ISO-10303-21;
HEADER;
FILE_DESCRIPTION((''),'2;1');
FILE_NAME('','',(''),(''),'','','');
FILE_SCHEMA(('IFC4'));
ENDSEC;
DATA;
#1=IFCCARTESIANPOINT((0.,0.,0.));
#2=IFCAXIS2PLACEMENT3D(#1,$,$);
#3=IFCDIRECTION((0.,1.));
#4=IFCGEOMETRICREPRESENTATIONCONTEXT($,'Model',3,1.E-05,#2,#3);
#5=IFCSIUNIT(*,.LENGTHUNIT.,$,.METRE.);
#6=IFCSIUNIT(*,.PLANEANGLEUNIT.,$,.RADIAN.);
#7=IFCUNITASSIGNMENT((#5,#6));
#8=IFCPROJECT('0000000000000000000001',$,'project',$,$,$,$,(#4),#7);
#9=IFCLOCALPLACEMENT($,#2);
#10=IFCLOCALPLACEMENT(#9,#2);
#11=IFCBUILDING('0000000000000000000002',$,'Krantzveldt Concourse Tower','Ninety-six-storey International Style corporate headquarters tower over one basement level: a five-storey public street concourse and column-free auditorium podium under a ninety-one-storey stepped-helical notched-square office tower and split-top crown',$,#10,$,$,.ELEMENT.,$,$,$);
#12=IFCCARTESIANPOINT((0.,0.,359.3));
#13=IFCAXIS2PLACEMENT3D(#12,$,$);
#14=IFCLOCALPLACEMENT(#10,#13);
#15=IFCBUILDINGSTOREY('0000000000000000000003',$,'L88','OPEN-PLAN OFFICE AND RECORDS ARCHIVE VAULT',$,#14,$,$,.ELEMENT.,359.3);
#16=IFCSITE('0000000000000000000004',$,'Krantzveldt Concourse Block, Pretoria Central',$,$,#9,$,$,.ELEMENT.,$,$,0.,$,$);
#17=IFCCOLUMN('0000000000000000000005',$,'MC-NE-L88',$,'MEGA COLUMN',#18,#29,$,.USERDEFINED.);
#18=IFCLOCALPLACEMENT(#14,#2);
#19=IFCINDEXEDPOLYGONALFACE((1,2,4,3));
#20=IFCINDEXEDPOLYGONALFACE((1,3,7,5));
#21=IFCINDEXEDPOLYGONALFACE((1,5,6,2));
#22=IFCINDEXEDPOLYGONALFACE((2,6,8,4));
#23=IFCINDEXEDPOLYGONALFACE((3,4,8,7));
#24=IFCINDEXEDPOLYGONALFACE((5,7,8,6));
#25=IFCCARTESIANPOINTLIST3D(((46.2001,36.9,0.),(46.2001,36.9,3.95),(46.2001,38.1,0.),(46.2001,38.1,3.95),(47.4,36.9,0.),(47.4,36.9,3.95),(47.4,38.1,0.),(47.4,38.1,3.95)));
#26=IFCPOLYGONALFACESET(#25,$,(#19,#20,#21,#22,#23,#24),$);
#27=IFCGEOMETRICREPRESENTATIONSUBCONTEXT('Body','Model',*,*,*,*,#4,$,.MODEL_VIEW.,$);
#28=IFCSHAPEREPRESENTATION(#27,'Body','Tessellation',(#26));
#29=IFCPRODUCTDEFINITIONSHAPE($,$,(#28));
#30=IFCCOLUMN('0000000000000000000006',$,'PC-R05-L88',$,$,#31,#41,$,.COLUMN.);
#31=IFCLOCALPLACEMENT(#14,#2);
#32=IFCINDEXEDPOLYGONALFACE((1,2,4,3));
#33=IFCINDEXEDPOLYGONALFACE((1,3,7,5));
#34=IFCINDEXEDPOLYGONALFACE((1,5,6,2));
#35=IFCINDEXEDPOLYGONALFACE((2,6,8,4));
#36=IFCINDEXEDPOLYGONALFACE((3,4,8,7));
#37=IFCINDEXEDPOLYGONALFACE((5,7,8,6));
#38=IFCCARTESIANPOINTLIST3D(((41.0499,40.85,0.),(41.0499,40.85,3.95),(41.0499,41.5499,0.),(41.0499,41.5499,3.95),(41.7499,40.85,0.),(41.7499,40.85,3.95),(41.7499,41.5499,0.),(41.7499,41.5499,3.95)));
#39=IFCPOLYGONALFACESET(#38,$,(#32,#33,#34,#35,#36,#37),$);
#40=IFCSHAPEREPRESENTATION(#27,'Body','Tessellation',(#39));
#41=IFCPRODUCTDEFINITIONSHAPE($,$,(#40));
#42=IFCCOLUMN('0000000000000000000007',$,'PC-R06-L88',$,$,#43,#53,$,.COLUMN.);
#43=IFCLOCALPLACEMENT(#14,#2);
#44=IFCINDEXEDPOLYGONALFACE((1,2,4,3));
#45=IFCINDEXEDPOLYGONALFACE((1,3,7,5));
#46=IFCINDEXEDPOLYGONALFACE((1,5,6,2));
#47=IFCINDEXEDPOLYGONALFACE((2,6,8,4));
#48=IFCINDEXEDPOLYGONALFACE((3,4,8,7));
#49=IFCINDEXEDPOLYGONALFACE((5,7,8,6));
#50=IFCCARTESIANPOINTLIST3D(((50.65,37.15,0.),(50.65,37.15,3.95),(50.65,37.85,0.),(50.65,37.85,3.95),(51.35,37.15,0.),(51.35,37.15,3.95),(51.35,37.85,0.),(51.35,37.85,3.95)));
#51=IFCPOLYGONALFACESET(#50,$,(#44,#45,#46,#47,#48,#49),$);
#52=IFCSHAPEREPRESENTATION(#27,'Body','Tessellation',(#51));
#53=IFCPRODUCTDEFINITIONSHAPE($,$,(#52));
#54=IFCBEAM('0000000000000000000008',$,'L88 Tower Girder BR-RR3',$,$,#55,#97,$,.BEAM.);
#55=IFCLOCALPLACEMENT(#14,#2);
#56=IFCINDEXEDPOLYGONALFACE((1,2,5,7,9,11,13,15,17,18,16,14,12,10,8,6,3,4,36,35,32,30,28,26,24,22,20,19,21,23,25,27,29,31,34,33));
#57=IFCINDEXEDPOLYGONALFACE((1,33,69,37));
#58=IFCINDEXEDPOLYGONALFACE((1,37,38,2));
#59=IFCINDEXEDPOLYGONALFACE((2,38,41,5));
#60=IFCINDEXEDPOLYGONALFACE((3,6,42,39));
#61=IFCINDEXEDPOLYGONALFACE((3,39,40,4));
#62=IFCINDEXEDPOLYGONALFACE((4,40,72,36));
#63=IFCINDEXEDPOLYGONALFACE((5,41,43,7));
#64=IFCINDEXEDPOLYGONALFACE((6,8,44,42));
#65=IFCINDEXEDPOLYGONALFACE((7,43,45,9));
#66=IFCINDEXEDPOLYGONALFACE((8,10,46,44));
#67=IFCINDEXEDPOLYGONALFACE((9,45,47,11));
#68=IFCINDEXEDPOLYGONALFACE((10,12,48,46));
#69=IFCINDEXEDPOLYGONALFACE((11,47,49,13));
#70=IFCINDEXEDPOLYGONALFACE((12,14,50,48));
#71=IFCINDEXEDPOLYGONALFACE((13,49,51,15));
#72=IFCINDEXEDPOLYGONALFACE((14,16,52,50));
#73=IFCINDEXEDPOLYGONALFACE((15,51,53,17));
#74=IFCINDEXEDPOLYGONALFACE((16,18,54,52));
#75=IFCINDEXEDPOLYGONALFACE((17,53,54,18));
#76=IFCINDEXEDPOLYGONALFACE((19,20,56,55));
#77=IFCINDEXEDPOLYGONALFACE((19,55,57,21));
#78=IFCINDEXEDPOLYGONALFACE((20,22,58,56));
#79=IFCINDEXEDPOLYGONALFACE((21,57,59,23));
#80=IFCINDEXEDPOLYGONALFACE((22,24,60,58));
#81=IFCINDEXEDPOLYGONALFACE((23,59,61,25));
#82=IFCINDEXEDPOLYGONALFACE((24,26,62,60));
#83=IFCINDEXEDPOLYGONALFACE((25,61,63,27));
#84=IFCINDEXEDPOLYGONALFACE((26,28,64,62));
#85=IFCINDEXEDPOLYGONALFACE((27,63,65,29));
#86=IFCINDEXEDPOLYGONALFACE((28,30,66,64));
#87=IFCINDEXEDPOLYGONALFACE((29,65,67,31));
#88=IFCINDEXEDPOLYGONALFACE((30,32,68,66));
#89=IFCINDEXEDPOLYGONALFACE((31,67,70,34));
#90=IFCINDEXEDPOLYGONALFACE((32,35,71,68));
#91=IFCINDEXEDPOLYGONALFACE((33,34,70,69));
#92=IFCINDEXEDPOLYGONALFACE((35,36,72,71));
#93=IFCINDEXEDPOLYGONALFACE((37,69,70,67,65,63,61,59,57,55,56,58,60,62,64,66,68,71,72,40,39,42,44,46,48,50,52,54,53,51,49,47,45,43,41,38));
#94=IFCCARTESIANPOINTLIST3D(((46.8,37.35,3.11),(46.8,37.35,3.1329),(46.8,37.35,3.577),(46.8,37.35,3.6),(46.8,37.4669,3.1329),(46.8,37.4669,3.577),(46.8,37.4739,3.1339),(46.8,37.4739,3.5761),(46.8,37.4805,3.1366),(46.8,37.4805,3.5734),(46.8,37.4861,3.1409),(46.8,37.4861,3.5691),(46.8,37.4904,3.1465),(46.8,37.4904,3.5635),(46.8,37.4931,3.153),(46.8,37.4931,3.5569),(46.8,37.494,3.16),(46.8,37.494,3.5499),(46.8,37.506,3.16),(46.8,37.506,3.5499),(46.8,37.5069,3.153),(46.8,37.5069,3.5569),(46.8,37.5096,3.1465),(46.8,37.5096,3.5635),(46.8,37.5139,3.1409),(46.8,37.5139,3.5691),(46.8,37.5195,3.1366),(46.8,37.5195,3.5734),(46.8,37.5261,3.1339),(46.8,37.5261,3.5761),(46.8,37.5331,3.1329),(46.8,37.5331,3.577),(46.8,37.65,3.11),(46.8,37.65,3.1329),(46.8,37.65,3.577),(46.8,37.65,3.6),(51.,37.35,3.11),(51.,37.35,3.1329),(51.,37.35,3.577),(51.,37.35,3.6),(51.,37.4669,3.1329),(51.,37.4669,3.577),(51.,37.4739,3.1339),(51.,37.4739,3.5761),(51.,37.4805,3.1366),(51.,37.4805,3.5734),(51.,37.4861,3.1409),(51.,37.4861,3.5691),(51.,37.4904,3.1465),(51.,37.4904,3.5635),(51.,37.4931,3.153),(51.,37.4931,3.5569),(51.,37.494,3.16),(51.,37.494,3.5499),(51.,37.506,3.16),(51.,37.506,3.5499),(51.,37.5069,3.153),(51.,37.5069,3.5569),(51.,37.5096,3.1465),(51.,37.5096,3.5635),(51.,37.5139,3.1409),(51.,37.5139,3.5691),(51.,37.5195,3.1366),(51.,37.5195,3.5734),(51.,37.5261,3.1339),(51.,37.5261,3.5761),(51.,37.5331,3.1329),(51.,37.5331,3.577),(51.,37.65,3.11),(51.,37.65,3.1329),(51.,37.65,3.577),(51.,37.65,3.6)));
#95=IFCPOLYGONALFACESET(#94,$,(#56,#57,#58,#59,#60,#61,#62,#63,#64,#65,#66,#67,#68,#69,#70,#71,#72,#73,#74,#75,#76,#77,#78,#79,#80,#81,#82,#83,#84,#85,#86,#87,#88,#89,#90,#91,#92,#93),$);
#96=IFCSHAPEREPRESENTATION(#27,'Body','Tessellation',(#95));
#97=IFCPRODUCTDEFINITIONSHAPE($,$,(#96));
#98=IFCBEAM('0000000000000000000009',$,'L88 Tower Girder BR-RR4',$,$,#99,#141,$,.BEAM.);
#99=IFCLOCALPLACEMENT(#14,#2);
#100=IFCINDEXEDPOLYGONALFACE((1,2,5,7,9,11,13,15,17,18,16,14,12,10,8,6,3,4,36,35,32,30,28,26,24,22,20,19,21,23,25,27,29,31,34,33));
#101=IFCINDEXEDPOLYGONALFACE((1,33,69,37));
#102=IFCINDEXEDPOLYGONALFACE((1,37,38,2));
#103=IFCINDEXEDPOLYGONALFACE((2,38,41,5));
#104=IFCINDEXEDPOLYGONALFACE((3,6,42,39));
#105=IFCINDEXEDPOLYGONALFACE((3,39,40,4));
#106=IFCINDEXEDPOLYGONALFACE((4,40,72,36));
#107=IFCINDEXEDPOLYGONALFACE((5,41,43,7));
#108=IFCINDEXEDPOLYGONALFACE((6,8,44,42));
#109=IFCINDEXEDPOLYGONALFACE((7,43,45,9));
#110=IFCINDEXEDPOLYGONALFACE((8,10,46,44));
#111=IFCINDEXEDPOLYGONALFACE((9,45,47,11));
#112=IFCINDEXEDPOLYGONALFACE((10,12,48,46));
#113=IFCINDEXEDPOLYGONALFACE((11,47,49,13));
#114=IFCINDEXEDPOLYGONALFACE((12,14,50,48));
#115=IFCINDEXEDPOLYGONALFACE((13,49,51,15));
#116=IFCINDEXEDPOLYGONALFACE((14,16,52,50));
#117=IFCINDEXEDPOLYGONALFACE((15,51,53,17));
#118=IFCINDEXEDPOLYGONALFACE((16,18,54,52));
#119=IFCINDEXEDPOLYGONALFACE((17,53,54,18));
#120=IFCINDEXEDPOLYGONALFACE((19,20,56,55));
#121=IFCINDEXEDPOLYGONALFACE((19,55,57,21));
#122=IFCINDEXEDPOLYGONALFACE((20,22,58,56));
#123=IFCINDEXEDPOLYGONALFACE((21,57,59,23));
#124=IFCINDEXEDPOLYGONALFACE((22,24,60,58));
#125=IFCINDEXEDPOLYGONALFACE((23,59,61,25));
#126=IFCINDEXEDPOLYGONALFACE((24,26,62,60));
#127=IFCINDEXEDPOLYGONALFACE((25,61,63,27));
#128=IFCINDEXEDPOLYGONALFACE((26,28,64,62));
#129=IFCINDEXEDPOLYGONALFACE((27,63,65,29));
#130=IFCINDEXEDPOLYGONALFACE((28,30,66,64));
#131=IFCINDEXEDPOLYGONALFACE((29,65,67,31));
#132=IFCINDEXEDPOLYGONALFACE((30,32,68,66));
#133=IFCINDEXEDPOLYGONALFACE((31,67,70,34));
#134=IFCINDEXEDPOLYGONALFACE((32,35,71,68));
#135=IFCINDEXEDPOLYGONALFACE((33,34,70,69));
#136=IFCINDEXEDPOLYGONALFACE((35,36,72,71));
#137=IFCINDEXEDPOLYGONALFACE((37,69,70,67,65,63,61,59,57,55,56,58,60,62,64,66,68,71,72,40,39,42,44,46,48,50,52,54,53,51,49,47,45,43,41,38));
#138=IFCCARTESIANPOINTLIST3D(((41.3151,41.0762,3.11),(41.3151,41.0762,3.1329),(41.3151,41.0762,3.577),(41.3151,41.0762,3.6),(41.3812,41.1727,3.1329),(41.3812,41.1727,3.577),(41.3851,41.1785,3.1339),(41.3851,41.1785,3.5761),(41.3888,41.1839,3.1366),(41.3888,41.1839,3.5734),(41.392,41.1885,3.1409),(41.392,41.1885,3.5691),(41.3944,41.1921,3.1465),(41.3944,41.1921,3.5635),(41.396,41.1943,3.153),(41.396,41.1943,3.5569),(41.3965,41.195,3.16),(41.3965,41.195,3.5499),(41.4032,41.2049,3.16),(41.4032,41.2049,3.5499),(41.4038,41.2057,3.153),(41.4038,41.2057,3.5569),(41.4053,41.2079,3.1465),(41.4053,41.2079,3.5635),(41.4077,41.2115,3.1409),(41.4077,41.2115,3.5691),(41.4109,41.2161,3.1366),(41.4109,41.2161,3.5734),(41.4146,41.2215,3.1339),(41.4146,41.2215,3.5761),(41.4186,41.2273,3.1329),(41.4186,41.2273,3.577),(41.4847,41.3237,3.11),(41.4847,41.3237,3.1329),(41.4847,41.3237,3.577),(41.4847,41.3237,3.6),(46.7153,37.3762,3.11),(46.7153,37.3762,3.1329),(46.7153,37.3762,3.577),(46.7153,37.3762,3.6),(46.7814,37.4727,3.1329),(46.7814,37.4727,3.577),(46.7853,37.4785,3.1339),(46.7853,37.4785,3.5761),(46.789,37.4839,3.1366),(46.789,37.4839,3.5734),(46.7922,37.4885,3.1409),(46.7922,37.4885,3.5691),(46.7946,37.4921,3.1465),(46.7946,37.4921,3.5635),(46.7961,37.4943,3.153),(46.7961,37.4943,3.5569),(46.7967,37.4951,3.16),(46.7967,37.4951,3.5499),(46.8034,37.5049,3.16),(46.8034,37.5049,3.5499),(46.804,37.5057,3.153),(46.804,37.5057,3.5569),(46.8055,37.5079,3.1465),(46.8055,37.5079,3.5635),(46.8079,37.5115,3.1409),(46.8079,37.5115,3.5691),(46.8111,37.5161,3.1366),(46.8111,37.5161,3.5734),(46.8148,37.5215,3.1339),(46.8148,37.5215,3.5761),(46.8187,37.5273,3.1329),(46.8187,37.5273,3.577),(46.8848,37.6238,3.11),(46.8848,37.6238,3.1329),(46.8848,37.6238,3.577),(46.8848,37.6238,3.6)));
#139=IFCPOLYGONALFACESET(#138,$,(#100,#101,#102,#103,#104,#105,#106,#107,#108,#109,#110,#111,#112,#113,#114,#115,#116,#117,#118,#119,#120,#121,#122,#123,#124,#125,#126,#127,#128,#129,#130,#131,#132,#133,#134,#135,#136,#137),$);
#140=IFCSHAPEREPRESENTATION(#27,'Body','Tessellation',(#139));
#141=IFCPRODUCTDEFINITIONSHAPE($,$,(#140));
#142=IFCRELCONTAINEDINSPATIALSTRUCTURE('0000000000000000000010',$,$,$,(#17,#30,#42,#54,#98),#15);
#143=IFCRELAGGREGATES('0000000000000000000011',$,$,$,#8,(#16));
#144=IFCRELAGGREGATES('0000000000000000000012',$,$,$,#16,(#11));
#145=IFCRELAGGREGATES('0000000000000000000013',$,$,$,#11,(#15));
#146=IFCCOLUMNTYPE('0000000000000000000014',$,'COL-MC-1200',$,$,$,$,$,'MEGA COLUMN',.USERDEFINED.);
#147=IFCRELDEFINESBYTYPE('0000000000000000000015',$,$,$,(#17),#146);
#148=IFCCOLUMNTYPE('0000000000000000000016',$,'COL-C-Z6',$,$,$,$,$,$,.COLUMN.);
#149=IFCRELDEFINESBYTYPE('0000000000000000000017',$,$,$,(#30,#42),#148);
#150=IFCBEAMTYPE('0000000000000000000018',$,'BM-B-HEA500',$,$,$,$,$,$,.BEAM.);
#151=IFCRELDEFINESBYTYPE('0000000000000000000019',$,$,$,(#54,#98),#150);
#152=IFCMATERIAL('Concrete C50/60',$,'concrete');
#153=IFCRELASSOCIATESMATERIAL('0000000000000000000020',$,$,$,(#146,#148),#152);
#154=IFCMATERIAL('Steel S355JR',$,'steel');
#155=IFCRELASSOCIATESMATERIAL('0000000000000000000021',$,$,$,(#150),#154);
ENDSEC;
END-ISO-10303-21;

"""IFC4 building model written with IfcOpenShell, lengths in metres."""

from ifc_helpers import new_model, si_unit, direction, frame, origin, origin_2d, place, context, subcontext, project, spatial, rectangle, i_section, extrude, source, transform, mapped, material, material_profile, profile_set, type_object, type_shapes, element, save


model = new_model("IFC4")

# Units and contexts
model_context = context("Model", 3, precision=1e-05, world=origin(), true_north=direction((0.0, 1.0)))
body_context = subcontext(model_context, "Body", "Model", "MODEL_VIEW")
ifc_project = project(units=[si_unit("LENGTHUNIT", "METRE"), si_unit("PLANEANGLEUNIT", "RADIAN")], contexts=[model_context])

# Site, building, storey
site_placement = place(None, origin())
site = spatial("IfcSite", under=ifc_project, at=site_placement, Name="Krantzveldt Concourse Block, Pretoria Central", CompositionType="ELEMENT", RefElevation=0.0)
building_placement = place(site_placement, origin())
building = spatial("IfcBuilding", under=site, at=building_placement, Name="Krantzveldt Concourse Tower", Description="Ninety-six-storey International Style corporate headquarters tower over one basement level: a five-storey public street concourse and column-free auditorium podium under a ninety-one-storey stepped-helical notched-square office tower and split-top crown", CompositionType="ELEMENT")
storey_placement = place(building_placement, frame((0.0, 0.0, 359.3)))
storey = spatial("IfcBuildingStorey", under=building, at=storey_placement, Name="L88", Description="OPEN-PLAN OFFICE AND RECORDS ARCHIVE VAULT", CompositionType="ELEMENT", Elevation=359.3)

# Columns
ifc_material_1 = material(Name="Concrete C50/60", Category="concrete")
ifc_material_profile_1 = material_profile(ifc_material_1, rectangle(XDim=1.2, YDim=1.2, at=origin_2d()), Name="Concrete C50/60", Category="concrete")
ifc_profile_set_1 = profile_set([ifc_material_profile_1], Name="Concrete C50/60 - RC 1200x1200")
column_type_1 = type_object("IfcColumnType", Name="COL-MC-1200", ElementType="MEGA COLUMN", PredefinedType="USERDEFINED", material=ifc_profile_set_1)
shared_shape_1 = source(origin(), body_context, "Body", "SweptSolid", [
    extrude(rectangle(XDim=1.2, YDim=1.2, at=origin_2d()), origin(), (0.0, 0.0, 1.0), 3.95),
])
type_shapes(column_type_1, [shared_shape_1])
column_placement = place(storey_placement, frame((46.8, 37.5, 0.0), z_axis=(0.0, 0.0, 1.0), x_axis=(1.0, 0.0, 0.0)))
element("IfcColumn", 1, at=column_placement, inside=storey, type_object=column_type_1, Name="MC-NE-L88", ObjectType="MEGA COLUMN", PredefinedType="USERDEFINED", context=body_context, shape_type="MappedRepresentation", body=[
    mapped(shared_shape_1, transform((0.0, 0.0, 0.0), x_axis=(1.0, 0.0, 0.0), y_axis=(0.0, 1.0, 0.0), z_axis=(0.0, 0.0, 1.0), scale=1.0)),
])
ifc_material_profile_2 = material_profile(ifc_material_1, rectangle(XDim=0.7, YDim=0.7, at=origin_2d()), Name="Concrete C50/60", Category="concrete")
ifc_profile_set_2 = profile_set([ifc_material_profile_2], Name="Concrete C50/60 - RC 700x700")
column_type_2 = type_object("IfcColumnType", Name="COL-C-Z6", PredefinedType="COLUMN", material=ifc_profile_set_2)
shared_shape_2 = source(origin(), body_context, "Body", "SweptSolid", [
    extrude(rectangle(XDim=0.7, YDim=0.7, at=origin_2d()), origin(), (0.0, 0.0, 1.0), 3.95),
])
type_shapes(column_type_2, [shared_shape_2])
for number, where, z_axis, x_axis, name in (
    (2, (41.3999, 41.2, 0.0), (0.0, 0.0, 1.0), (1.0, 0.0, 0.0), "PC-R05-L88"),
    (3, (51.0, 37.5, 0.0), (0.0, 0.0, 1.0), (1.0, 0.0, 0.0), "PC-R06-L88"),
):
    element("IfcColumn", number, at=place(storey_placement, frame(where, z_axis=z_axis, x_axis=x_axis)), inside=storey, type_object=column_type_2, Name=name, PredefinedType="COLUMN", context=body_context, shape_type="MappedRepresentation", body=[
        mapped(shared_shape_2, transform((0.0, 0.0, 0.0), x_axis=(1.0, 0.0, 0.0), y_axis=(0.0, 1.0, 0.0), z_axis=(0.0, 0.0, 1.0), scale=1.0)),
    ])

# Beams
ifc_material_2 = material(Name="Steel S355JR", Category="steel")
ifc_material_profile_3 = material_profile(ifc_material_2, i_section(OverallWidth=0.3, OverallDepth=0.49, WebThickness=0.012, FlangeThickness=0.0229, FilletRadius=0.0271, at=origin_2d()), Name="Steel S355JR", Category="steel")
ifc_profile_set_3 = profile_set([ifc_material_profile_3], Name="Steel S355JR - HEA 500")
beam_type_1 = type_object("IfcBeamType", Name="BM-B-HEA500", PredefinedType="BEAM", material=ifc_profile_set_3)
shared_shape_3 = source(origin(), body_context, "Body", "SweptSolid", [
    extrude(i_section(OverallWidth=0.3, OverallDepth=0.49, WebThickness=0.012, FlangeThickness=0.0229, FilletRadius=0.0271, at=origin_2d()), origin(), (0.0, 0.0, 1.0), 4.2),
])
beam_1_placement = place(storey_placement, frame((46.8, 37.5, 3.355), z_axis=(1.0, 0.0, 0.0), x_axis=(0.0, 1.0, 0.0)))
element("IfcBeam", 4, at=beam_1_placement, inside=storey, type_object=beam_type_1, Name="L88 Tower Girder BR-RR3", PredefinedType="BEAM", context=body_context, shape_type="MappedRepresentation", body=[
    mapped(shared_shape_3, transform((0.0, 0.0, 0.0), x_axis=(1.0, 0.0, 0.0), y_axis=(0.0, 1.0, 0.0), z_axis=(0.0, 0.0, 1.0), scale=1.0)),
])
shared_shape_4 = source(origin(), body_context, "Body", "SweptSolid", [
    extrude(i_section(OverallWidth=0.3, OverallDepth=0.49, WebThickness=0.012, FlangeThickness=0.0229, FilletRadius=0.0271, at=origin_2d()), origin(), (0.0, 0.0, 1.0), 6.5461),
])
type_shapes(beam_type_1, [shared_shape_3, shared_shape_4])
beam_2_placement = place(storey_placement, frame((46.8, 37.5, 3.355), z_axis=(-0.824943, 0.565216, 0.0), x_axis=(-0.565216, -0.824943, 0.0)))
element("IfcBeam", 5, at=beam_2_placement, inside=storey, type_object=beam_type_1, Name="L88 Tower Girder BR-RR4", PredefinedType="BEAM", context=body_context, shape_type="MappedRepresentation", body=[
    mapped(shared_shape_4, transform((0.0, 0.0, 0.0), x_axis=(1.0, 0.0, 0.0), y_axis=(0.0, 1.0, 0.0), z_axis=(0.0, 0.0, 1.0), scale=1.0)),
])

save(model, "model.ifc")
